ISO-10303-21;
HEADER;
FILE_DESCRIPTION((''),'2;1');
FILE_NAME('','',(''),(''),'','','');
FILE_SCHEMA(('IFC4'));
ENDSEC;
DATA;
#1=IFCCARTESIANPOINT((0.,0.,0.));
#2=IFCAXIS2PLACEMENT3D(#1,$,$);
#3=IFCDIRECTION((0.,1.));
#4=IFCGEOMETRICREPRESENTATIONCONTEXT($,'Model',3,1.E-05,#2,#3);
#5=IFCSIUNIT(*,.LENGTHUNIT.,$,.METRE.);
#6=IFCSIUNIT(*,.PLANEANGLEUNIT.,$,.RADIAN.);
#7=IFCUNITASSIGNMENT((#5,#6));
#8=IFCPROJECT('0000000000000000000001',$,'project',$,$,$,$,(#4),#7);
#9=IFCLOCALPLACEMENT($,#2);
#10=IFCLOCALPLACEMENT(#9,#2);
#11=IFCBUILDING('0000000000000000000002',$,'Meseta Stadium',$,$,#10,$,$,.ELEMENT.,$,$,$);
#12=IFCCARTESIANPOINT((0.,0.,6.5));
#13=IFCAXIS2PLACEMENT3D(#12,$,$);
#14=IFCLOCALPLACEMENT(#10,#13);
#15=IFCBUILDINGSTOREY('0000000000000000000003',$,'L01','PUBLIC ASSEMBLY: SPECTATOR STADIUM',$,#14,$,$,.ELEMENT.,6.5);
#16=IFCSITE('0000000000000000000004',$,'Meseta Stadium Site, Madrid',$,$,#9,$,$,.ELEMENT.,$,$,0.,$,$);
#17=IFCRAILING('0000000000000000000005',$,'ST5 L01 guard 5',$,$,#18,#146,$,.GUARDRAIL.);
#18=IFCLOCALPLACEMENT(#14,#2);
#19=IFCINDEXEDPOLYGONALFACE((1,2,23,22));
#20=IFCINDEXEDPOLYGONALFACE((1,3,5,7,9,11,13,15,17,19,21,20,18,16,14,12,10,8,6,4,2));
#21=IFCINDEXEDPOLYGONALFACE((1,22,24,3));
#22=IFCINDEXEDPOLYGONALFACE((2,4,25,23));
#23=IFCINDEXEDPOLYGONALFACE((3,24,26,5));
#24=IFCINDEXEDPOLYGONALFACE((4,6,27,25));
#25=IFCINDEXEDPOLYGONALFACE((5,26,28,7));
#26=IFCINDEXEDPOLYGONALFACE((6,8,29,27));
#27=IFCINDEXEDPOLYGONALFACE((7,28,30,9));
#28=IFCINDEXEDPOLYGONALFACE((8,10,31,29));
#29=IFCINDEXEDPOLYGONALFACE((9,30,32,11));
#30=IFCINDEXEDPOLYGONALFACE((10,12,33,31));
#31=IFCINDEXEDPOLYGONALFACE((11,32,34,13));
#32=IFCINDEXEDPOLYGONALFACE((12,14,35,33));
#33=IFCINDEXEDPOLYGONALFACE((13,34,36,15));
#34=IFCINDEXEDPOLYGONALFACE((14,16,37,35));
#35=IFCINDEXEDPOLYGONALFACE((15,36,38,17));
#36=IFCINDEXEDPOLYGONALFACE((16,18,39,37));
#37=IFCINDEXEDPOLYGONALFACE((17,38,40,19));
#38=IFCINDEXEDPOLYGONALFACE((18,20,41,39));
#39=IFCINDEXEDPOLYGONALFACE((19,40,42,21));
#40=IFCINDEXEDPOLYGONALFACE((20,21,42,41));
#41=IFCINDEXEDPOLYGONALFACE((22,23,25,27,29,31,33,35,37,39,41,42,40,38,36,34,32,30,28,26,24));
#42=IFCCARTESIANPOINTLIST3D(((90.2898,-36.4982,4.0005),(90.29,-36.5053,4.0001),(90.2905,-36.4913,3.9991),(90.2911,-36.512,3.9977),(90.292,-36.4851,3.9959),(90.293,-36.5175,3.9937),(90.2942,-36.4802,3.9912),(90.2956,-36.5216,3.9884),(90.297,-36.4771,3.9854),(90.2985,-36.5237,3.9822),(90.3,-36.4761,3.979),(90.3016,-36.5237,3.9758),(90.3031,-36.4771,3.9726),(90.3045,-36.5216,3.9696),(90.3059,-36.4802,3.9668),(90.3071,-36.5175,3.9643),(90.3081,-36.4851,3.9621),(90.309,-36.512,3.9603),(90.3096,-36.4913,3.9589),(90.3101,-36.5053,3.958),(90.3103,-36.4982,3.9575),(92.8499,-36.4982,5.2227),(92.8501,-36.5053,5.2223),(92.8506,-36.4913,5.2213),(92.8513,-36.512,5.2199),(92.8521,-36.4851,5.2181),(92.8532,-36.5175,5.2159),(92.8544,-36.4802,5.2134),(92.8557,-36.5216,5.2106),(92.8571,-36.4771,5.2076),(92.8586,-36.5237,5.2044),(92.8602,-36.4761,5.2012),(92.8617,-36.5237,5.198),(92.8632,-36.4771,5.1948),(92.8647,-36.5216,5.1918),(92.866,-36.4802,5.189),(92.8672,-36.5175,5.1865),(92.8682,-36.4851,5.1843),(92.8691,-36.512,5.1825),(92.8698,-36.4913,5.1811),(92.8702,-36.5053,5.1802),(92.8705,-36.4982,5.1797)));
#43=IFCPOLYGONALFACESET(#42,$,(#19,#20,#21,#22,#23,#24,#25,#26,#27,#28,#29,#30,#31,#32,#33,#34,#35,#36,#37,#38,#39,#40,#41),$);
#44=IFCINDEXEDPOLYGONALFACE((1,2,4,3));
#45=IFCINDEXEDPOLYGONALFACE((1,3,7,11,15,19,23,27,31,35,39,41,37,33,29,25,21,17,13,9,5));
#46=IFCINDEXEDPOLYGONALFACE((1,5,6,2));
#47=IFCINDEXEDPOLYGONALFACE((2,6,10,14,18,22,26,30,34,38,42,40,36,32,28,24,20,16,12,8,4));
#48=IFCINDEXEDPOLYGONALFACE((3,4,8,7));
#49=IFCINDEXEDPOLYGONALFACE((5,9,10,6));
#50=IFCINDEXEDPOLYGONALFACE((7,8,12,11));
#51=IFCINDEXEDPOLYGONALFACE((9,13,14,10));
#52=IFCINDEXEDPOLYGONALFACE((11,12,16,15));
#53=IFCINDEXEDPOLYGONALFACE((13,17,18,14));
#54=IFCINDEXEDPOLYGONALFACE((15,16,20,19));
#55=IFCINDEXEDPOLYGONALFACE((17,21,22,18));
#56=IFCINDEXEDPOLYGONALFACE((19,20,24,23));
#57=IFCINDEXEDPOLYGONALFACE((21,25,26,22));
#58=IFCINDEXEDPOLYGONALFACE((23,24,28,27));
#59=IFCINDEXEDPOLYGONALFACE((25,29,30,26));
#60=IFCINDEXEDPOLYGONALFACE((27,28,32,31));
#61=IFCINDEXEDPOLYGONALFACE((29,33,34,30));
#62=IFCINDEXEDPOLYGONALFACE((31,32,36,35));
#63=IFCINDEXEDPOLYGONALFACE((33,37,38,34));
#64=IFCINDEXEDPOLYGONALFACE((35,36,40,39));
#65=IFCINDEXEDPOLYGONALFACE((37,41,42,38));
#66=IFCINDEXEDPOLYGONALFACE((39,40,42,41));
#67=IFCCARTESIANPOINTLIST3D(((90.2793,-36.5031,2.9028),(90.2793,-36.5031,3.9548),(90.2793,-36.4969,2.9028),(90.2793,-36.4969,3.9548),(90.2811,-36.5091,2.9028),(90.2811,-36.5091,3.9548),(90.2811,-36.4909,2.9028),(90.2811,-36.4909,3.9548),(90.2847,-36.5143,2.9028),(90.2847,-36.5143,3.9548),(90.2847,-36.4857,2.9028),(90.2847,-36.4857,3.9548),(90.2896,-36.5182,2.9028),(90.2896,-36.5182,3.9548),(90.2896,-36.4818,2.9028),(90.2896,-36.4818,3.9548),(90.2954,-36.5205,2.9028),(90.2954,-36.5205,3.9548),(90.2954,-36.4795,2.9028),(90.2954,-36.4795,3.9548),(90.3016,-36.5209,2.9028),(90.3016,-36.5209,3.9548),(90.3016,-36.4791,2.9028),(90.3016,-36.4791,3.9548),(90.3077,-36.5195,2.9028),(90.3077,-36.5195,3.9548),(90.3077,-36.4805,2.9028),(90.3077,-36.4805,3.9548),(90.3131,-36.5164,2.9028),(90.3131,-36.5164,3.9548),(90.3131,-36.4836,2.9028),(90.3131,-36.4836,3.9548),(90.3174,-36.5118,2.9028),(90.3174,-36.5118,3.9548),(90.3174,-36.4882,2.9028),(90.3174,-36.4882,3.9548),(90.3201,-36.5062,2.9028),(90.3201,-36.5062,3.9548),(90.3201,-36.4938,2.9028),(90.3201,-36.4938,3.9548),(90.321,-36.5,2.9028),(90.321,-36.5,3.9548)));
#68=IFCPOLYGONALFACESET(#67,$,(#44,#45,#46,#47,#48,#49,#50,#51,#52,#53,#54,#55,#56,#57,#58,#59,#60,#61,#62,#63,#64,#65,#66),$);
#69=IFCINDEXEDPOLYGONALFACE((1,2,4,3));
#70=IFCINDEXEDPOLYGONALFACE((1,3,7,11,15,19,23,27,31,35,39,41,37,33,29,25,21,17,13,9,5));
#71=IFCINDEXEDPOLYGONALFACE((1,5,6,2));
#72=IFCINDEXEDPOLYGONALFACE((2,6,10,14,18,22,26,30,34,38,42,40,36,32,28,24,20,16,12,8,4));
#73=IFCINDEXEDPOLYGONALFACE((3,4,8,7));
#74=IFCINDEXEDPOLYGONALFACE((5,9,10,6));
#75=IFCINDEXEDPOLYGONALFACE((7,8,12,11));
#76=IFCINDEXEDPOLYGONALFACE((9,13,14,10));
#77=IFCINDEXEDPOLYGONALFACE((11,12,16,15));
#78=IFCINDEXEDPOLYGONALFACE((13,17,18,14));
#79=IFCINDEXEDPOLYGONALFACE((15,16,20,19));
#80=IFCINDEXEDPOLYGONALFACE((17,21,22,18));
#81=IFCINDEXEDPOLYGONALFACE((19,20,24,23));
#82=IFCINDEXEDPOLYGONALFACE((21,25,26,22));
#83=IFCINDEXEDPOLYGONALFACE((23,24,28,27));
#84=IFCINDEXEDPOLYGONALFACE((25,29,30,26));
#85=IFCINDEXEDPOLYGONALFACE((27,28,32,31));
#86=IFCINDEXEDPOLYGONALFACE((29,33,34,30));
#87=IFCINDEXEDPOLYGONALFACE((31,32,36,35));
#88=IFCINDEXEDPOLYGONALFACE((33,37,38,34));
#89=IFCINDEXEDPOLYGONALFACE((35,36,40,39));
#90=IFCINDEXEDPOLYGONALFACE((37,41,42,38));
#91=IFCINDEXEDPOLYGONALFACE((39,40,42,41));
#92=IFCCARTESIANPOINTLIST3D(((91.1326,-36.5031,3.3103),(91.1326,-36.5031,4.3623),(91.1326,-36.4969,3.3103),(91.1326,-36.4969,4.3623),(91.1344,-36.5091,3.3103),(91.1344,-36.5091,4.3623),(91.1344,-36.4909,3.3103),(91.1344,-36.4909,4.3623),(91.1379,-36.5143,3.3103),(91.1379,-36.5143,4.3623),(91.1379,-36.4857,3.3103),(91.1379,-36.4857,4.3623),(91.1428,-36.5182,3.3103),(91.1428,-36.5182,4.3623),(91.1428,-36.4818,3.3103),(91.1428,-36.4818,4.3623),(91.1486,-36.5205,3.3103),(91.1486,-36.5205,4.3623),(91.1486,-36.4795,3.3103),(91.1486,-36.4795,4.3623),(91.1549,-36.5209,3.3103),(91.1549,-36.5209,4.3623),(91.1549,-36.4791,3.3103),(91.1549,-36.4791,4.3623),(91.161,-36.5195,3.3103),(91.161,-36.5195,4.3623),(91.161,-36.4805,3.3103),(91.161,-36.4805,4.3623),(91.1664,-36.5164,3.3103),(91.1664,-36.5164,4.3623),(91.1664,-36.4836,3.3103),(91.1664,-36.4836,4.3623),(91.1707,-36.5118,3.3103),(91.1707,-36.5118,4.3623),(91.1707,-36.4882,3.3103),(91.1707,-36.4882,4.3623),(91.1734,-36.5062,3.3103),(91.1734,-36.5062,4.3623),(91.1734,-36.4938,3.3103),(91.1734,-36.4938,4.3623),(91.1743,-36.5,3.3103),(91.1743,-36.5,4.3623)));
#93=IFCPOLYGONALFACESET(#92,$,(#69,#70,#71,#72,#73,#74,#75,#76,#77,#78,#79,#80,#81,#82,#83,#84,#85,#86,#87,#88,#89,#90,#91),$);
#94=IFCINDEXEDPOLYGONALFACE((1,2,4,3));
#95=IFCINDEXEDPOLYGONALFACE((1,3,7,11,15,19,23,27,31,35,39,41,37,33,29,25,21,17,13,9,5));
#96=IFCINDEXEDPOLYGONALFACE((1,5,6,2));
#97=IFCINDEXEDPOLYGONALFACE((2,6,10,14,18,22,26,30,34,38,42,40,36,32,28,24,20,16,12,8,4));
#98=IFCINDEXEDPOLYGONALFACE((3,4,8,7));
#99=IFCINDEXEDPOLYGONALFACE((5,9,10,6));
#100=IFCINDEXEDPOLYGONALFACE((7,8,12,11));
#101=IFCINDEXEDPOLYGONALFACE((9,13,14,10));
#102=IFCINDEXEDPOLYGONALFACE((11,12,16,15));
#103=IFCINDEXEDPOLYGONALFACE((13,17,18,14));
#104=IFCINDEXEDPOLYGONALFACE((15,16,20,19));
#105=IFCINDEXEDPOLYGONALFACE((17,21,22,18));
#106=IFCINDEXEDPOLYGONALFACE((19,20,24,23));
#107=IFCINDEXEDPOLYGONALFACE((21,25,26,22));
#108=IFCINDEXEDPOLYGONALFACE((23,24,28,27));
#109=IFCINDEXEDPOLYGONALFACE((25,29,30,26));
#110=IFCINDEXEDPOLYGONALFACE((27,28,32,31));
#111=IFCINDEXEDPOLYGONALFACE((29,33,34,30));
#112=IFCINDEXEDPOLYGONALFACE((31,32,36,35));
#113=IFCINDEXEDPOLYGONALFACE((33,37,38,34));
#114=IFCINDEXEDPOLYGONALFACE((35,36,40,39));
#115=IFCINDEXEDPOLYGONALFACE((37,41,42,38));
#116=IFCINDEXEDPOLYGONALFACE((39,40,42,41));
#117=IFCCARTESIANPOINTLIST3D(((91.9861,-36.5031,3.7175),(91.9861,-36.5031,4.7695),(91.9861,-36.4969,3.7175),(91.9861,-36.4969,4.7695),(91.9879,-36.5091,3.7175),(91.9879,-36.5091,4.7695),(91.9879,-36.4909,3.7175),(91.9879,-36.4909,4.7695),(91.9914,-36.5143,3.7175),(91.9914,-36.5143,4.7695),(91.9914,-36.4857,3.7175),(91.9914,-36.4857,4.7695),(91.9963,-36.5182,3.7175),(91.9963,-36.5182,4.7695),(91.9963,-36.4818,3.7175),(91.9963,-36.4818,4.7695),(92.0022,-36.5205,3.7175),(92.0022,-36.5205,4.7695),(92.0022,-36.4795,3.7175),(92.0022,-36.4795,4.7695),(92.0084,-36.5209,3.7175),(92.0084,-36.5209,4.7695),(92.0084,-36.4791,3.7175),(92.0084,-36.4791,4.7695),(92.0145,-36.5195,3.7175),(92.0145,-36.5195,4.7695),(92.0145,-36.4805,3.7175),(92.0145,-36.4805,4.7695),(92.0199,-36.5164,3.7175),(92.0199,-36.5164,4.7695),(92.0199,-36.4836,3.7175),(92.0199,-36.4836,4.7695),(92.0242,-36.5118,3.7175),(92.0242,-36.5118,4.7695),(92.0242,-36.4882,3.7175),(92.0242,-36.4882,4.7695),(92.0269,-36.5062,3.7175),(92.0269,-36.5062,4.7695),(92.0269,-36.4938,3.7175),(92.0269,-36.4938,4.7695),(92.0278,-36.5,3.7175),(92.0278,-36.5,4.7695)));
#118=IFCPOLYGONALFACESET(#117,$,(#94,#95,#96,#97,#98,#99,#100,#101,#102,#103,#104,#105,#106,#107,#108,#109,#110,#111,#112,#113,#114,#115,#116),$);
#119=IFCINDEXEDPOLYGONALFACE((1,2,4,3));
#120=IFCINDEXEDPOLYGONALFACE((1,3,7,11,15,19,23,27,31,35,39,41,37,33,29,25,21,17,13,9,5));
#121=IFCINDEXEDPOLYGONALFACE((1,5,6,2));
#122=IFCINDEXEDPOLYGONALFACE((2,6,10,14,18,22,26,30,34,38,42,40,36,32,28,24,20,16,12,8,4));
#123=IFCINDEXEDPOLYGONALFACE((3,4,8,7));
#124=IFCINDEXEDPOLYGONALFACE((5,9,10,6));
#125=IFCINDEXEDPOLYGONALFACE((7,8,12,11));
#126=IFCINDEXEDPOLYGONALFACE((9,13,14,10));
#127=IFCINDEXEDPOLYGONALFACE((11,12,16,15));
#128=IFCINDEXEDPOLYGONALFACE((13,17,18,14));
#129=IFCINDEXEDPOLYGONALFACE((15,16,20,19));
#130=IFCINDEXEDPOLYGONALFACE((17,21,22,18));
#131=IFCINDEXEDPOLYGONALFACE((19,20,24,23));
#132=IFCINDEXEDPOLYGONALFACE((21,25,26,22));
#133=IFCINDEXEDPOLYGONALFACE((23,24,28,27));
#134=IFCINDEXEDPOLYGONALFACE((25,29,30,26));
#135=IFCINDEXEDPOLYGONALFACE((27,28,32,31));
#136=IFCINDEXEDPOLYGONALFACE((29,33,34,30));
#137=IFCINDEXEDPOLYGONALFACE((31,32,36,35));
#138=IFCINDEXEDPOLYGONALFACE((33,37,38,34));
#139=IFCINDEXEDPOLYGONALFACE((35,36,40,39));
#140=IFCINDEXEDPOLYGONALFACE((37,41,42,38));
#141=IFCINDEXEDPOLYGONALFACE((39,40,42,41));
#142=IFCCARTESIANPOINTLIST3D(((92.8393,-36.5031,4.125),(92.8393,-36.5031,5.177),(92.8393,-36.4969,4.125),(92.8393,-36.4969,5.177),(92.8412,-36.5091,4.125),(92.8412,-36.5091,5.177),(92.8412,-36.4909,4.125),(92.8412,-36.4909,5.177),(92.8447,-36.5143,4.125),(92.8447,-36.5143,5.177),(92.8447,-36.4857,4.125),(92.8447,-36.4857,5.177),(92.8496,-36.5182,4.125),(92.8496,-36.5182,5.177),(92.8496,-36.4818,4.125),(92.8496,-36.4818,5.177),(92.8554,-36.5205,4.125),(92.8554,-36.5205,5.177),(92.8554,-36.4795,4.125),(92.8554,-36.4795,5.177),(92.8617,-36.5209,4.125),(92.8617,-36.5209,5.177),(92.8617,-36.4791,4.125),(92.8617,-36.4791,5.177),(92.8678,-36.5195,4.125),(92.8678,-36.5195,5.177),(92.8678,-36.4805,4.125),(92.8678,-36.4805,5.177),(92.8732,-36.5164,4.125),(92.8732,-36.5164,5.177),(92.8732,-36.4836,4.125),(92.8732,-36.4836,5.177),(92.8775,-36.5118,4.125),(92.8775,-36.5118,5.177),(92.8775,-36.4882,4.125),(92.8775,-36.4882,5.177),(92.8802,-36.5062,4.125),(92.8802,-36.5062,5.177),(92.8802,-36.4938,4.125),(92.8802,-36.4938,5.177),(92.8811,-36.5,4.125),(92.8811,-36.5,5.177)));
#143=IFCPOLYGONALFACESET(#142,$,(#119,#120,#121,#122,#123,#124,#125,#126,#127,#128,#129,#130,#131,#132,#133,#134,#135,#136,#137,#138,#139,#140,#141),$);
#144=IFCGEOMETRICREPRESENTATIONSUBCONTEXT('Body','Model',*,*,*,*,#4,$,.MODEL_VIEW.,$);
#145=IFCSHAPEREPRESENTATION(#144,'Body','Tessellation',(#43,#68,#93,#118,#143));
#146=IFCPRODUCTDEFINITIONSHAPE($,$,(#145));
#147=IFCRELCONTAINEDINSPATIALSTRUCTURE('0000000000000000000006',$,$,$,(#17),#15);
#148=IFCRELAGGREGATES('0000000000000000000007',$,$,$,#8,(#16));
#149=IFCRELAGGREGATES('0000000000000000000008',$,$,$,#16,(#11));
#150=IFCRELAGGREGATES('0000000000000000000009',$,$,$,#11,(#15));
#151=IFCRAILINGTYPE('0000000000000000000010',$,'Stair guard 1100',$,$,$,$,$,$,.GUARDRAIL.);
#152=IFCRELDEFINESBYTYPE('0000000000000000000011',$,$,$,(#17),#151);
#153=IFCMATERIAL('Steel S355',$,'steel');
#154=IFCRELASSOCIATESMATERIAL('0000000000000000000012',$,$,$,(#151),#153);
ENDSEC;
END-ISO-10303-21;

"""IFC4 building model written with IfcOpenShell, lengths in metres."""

from ifc_helpers import new_model, si_unit, direction, frame, origin, origin_2d, place, context, subcontext, project, spatial, circle, extrude, material, type_object, element, save


model = new_model("IFC4")

# Units and contexts
model_context = context("Model", 3, precision=1e-05, world=origin(), true_north=direction((0.0, 1.0)))
body_context = subcontext(model_context, "Body", "Model", "MODEL_VIEW")
ifc_project = project(units=[si_unit("LENGTHUNIT", "METRE"), si_unit("PLANEANGLEUNIT", "RADIAN")], contexts=[model_context])

# Site, building, storey
site_placement = place(None, origin())
site = spatial("IfcSite", under=ifc_project, at=site_placement, Name="Meseta Stadium Site, Madrid", CompositionType="ELEMENT", RefElevation=0.0)
building_placement = place(site_placement, origin())
building = spatial("IfcBuilding", under=site, at=building_placement, Name="Meseta Stadium", CompositionType="ELEMENT")
storey_placement = place(building_placement, frame((0.0, 0.0, 6.5)))
storey = spatial("IfcBuildingStorey", under=building, at=storey_placement, Name="L01", Description="PUBLIC ASSEMBLY: SPECTATOR STADIUM", CompositionType="ELEMENT", Elevation=6.5)

# Railing
ifc_material_1 = material(Name="Steel S355", Category="steel")
railing_type_1 = type_object("IfcRailingType", Name="Stair guard 1100", PredefinedType="GUARDRAIL", material=ifc_material_1)
railing_1_placement = place(storey_placement, frame((90.3, -36.5, 2.9028)))
element("IfcRailing", 1, at=railing_1_placement, inside=storey, type_object=railing_type_1, Name="ST5 L01 guard 5", PredefinedType="GUARDRAIL", context=body_context, shape_type="SweptSolid", body=[
    extrude(circle(Radius=0.0239, at=origin_2d()), frame((0.0, 0.0, 1.0762), z_axis=(0.902437, 0.0, 0.430822), x_axis=(0.0, 1.0, 0.0)), (0.0, 0.0, 1.0), 2.8369),
    extrude(circle(Radius=0.021, at=origin_2d()), origin(), (0.0, 0.0, 1.0), 1.052),
    extrude(circle(Radius=0.021, at=origin_2d()), frame((0.8533, 0.0, 0.4075)), (0.0, 0.0, 1.0), 1.052),
    extrude(circle(Radius=0.021, at=origin_2d()), frame((1.7068, 0.0, 0.8147)), (0.0, 0.0, 1.0), 1.052),
    extrude(circle(Radius=0.021, at=origin_2d()), frame((2.5601, 0.0, 1.2222)), (0.0, 0.0, 1.0), 1.052),
])

save(model, "model.ifc")
